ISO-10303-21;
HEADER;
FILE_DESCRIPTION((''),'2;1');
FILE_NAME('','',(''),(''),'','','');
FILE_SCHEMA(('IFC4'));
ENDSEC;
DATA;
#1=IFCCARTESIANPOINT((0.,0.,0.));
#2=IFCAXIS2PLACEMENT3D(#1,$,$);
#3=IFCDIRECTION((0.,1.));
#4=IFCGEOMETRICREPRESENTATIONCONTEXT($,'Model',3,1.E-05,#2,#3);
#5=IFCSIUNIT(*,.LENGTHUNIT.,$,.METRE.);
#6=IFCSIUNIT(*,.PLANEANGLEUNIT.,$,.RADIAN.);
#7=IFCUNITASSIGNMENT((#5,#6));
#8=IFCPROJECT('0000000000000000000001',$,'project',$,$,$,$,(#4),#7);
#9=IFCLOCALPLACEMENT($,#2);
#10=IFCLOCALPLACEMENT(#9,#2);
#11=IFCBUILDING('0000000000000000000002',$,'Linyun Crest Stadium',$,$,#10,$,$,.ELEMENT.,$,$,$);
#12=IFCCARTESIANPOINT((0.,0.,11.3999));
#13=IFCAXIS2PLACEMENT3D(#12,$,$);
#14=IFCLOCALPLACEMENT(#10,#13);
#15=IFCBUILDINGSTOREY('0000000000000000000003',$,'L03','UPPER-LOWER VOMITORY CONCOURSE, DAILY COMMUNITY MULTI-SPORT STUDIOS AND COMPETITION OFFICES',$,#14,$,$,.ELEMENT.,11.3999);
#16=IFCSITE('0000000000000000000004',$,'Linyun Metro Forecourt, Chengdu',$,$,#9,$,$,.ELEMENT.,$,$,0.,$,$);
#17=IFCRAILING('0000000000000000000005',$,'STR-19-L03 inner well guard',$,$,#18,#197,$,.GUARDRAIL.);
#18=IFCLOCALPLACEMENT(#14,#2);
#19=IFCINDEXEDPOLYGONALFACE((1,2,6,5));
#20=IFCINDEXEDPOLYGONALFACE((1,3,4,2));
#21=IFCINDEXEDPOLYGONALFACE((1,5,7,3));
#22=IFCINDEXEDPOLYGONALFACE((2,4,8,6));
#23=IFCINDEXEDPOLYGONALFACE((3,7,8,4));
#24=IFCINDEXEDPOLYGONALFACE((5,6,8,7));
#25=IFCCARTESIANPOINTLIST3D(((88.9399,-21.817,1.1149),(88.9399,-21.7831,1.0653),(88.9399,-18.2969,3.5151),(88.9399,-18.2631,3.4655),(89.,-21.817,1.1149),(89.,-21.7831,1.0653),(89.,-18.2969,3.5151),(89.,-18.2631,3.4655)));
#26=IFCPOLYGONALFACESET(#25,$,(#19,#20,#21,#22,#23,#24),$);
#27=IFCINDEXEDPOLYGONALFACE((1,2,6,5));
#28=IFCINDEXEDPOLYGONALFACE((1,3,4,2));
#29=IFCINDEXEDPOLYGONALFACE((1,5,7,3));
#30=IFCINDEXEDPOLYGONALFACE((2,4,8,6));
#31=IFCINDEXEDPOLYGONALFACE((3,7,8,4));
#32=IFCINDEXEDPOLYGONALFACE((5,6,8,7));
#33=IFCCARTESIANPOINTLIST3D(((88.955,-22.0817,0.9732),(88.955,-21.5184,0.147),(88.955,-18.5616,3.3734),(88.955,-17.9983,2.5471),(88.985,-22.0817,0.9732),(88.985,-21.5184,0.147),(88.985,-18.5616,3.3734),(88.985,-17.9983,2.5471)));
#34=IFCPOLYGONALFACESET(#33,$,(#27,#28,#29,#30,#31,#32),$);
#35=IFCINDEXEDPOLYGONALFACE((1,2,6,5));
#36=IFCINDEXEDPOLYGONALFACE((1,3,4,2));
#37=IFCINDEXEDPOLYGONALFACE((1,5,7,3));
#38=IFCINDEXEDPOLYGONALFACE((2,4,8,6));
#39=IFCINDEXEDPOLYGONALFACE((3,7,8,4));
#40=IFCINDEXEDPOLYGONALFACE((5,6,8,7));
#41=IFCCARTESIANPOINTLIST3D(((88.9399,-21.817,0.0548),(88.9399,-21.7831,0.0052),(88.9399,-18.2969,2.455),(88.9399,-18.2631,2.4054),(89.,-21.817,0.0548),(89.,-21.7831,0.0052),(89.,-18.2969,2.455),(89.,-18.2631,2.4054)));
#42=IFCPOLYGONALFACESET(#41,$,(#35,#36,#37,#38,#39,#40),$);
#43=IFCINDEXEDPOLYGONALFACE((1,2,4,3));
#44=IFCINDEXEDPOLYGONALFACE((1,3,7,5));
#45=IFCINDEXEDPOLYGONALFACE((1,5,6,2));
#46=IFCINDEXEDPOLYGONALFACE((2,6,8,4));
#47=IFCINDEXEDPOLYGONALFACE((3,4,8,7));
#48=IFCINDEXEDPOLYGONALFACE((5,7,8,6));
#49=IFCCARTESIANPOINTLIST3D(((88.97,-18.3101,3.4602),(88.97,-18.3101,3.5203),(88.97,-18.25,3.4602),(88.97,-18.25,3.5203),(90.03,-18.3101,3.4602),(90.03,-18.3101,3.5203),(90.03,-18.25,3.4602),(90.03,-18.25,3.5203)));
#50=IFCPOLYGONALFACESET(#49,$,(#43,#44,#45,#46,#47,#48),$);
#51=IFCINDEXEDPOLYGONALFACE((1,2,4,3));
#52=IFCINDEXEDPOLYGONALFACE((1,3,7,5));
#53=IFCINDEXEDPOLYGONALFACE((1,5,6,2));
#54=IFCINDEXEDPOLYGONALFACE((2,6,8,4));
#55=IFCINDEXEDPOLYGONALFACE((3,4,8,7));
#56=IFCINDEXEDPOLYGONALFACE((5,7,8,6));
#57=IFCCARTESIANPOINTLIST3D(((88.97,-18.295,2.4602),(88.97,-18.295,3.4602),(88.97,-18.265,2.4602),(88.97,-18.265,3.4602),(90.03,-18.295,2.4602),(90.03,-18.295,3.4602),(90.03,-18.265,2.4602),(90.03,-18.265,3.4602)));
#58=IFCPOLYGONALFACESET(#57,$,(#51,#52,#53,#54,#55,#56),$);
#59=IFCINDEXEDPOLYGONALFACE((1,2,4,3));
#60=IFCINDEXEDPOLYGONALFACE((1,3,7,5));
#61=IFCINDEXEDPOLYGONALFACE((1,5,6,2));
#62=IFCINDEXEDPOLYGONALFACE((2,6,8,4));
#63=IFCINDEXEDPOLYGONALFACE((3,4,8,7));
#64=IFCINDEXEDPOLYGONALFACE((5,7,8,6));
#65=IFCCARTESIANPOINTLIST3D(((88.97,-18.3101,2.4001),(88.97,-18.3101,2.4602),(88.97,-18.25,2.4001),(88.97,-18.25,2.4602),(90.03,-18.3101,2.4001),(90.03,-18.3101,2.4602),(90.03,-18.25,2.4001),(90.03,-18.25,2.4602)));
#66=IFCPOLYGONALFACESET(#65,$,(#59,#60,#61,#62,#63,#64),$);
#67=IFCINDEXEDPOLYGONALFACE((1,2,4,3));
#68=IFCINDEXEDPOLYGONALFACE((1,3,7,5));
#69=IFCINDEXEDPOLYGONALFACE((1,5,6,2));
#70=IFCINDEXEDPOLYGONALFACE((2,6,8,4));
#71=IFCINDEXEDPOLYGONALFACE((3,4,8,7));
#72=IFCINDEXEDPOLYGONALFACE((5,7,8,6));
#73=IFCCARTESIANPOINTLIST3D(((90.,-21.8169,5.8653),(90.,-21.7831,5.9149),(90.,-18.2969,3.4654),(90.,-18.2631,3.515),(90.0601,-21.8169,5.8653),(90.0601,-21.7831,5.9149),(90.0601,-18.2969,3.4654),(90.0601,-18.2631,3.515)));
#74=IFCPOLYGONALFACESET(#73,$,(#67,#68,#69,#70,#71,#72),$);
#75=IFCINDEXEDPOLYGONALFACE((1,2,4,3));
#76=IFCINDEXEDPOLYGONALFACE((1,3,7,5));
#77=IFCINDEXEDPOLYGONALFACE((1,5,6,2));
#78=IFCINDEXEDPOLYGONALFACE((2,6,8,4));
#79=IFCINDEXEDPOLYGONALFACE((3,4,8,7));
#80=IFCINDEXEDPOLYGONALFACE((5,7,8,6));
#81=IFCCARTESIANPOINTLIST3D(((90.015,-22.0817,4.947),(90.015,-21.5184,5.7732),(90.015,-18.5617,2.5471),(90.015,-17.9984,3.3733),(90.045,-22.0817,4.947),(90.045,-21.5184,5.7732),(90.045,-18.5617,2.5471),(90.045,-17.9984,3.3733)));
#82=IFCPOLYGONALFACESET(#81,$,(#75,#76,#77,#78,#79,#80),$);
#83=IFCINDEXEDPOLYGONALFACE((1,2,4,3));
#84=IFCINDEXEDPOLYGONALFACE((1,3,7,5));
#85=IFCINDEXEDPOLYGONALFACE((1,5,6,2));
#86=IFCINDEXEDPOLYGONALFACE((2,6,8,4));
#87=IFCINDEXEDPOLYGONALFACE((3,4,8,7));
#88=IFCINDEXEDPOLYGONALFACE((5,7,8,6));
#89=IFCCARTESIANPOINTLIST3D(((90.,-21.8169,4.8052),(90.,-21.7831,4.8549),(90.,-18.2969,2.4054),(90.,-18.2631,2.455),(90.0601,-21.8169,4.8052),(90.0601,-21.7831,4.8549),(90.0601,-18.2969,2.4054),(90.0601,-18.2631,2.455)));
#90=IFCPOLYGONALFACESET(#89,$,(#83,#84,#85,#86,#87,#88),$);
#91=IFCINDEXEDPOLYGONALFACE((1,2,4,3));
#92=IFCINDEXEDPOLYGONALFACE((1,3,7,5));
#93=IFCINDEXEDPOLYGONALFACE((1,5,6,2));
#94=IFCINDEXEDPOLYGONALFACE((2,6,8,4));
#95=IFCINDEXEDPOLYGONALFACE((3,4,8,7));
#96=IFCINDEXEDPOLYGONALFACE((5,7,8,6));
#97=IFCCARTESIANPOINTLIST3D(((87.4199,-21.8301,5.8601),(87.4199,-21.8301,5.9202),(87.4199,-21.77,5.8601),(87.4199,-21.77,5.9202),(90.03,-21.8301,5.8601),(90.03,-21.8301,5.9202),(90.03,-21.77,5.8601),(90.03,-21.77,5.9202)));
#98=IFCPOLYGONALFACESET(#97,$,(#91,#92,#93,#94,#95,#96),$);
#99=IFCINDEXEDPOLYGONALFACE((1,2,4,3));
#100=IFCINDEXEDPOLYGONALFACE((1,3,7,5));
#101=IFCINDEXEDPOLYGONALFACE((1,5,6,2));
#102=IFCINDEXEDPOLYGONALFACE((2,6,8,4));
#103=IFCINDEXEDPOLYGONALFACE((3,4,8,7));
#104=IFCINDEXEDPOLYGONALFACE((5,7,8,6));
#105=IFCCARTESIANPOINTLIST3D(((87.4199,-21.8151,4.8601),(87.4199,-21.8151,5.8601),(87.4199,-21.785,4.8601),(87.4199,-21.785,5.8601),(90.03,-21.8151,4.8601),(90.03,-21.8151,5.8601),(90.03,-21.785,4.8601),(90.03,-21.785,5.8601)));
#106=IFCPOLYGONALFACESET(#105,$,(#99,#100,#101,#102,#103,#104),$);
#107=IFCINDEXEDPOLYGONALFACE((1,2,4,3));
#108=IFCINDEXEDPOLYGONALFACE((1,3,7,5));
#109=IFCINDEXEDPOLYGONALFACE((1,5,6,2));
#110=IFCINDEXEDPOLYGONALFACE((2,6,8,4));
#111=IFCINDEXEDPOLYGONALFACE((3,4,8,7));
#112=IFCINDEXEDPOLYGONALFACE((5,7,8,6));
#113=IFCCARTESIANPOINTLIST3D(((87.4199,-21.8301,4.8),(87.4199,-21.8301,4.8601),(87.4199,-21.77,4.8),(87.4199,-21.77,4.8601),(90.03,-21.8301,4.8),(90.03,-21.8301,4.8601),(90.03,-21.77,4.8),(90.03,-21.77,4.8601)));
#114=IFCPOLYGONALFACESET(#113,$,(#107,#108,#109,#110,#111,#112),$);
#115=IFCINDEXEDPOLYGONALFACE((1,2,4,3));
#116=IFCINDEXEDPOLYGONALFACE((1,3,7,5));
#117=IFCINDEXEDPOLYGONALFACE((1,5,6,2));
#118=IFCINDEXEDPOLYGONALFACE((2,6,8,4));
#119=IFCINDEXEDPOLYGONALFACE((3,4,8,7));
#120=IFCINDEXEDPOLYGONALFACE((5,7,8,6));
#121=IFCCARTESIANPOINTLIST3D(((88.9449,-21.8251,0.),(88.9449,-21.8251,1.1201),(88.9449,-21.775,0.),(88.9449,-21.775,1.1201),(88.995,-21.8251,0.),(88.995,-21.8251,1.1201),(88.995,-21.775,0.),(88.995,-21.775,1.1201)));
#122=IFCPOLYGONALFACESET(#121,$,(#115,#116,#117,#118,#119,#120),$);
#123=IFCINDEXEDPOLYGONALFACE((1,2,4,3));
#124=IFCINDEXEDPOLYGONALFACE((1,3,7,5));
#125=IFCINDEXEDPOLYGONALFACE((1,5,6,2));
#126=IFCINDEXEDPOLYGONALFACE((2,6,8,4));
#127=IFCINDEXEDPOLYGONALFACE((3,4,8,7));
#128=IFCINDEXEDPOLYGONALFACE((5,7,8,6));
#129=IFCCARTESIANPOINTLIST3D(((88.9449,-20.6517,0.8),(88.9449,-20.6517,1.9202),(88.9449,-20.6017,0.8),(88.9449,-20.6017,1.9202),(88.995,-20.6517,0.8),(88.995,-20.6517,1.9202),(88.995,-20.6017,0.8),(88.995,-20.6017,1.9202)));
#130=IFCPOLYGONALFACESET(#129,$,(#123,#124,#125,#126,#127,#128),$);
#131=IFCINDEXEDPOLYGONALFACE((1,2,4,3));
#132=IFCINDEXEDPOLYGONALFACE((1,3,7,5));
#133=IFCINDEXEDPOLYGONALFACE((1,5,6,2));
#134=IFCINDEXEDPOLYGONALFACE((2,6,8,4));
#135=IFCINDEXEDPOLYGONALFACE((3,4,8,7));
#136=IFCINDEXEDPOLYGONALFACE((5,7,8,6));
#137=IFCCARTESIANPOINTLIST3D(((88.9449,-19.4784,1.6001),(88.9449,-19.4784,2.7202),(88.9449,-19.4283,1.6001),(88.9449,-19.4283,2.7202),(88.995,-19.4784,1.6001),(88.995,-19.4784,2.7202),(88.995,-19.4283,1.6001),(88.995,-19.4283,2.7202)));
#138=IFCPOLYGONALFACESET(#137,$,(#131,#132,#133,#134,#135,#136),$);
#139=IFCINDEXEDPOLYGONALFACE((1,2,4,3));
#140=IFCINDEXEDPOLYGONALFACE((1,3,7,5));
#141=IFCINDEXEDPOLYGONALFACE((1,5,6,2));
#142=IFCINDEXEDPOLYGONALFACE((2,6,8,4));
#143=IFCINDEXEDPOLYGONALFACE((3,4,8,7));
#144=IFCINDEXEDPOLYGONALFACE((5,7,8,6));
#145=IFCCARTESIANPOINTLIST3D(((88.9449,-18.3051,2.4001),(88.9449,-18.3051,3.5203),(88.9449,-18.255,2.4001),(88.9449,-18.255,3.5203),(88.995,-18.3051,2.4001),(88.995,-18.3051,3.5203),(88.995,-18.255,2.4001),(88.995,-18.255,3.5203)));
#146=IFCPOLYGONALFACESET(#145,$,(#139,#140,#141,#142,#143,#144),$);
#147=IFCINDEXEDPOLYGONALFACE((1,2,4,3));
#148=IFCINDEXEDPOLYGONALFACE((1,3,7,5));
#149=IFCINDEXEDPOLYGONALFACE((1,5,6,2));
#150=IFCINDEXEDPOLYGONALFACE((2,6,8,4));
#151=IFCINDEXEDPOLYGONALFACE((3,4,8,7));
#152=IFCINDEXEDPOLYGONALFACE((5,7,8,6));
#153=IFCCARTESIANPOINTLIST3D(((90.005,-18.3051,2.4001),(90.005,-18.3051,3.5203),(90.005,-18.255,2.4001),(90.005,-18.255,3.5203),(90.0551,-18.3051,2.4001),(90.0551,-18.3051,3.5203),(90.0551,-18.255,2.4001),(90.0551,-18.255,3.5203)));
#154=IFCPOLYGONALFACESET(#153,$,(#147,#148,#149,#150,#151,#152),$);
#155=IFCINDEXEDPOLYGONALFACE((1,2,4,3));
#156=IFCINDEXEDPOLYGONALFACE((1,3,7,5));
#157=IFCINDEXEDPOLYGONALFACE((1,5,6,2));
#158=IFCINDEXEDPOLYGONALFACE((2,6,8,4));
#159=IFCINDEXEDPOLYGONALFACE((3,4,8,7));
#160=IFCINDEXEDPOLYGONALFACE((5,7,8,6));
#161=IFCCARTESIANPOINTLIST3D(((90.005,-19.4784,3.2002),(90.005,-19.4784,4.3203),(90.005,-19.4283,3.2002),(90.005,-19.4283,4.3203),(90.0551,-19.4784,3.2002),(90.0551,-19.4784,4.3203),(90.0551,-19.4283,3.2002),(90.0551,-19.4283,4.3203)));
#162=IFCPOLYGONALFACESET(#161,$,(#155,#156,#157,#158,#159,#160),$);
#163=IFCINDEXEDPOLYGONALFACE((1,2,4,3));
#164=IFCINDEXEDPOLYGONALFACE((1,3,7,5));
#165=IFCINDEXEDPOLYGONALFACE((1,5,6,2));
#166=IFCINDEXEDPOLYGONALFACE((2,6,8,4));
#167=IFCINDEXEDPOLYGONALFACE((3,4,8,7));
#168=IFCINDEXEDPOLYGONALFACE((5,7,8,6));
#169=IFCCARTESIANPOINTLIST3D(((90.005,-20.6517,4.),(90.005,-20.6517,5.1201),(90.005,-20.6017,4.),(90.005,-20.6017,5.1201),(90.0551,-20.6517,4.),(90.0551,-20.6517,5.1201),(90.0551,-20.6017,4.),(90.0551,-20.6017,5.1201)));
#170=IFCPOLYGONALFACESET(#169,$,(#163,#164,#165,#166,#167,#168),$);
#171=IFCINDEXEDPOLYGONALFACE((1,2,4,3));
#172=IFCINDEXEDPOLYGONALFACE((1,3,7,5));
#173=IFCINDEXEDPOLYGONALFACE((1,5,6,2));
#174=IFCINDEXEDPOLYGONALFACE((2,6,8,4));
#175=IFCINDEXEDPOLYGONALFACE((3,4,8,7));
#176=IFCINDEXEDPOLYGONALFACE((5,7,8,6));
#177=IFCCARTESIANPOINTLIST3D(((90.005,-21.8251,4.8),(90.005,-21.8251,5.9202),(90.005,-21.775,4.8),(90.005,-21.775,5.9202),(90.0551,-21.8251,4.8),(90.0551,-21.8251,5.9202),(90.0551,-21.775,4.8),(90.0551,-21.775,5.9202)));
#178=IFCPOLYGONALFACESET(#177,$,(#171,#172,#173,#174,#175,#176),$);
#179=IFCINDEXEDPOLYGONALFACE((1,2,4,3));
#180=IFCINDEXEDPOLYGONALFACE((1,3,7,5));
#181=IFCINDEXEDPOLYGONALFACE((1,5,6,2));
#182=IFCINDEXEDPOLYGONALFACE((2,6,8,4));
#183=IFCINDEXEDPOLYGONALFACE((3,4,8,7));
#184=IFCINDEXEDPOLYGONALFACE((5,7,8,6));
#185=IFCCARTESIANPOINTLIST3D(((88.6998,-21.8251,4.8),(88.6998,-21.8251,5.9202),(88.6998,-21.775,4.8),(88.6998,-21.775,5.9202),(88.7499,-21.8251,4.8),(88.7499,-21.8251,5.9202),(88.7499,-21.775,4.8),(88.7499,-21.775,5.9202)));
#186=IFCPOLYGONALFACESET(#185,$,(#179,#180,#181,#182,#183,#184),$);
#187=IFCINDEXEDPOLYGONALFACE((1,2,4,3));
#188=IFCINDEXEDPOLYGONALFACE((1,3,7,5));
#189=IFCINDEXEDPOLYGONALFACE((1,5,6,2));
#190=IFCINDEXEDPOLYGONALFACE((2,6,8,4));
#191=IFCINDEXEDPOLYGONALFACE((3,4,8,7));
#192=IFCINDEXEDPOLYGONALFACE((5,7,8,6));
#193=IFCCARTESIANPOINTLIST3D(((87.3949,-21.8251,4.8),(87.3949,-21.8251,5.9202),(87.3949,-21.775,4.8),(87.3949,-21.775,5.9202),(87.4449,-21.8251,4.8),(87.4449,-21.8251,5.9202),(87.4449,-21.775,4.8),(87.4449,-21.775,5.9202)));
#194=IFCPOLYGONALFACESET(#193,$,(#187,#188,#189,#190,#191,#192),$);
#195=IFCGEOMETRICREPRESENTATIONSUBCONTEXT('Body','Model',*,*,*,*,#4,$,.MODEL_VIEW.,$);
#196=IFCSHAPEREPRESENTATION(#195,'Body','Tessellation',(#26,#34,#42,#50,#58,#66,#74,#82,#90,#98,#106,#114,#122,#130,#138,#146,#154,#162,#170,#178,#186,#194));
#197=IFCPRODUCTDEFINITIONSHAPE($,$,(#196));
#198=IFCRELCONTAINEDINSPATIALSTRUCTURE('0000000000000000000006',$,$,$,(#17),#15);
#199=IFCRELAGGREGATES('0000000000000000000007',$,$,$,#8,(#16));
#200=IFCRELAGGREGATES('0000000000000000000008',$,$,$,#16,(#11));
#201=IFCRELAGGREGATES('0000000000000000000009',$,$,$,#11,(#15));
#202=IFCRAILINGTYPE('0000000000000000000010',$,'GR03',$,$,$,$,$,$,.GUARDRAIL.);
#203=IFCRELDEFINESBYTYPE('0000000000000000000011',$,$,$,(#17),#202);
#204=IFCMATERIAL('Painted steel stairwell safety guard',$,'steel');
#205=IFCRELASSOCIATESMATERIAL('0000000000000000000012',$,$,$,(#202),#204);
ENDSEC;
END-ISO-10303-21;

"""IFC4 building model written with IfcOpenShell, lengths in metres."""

from ifc_helpers import new_model, si_unit, direction, frame, origin, origin_2d, place, context, subcontext, project, spatial, rectangle, extrude, material, type_object, element, save


model = new_model("IFC4")

# Units and contexts
model_context = context("Model", 3, precision=1e-05, world=origin(), true_north=direction((0.0, 1.0)))
body_context = subcontext(model_context, "Body", "Model", "MODEL_VIEW")
ifc_project = project(units=[si_unit("LENGTHUNIT", "METRE"), si_unit("PLANEANGLEUNIT", "RADIAN")], contexts=[model_context])

# Site, building, storey
site_placement = place(None, origin())
site = spatial("IfcSite", under=ifc_project, at=site_placement, Name="Linyun Metro Forecourt, Chengdu", CompositionType="ELEMENT", RefElevation=0.0)
building_placement = place(site_placement, origin())
building = spatial("IfcBuilding", under=site, at=building_placement, Name="Linyun Crest Stadium", CompositionType="ELEMENT")
storey_placement = place(building_placement, frame((0.0, 0.0, 11.3999)))
storey = spatial("IfcBuildingStorey", under=building, at=storey_placement, Name="L03", Description="UPPER-LOWER VOMITORY CONCOURSE, DAILY COMMUNITY MULTI-SPORT STUDIOS AND COMPETITION OFFICES", CompositionType="ELEMENT", Elevation=11.3999)

# Railing
ifc_material_1 = material(Name="Painted steel stairwell safety guard", Category="steel")
railing_type_1 = type_object("IfcRailingType", Name="GR03", PredefinedType="GUARDRAIL", material=ifc_material_1)
railing_1_placement = place(storey_placement, frame((88.97, -21.8, 0.0)))
element("IfcRailing", 1, at=railing_1_placement, inside=storey, type_object=railing_type_1, Name="STR-19-L03 inner well guard", PredefinedType="GUARDRAIL", context=body_context, shape_type="SweptSolid", body=[
    extrude(rectangle(XDim=0.0601, YDim=0.0601, at=origin_2d()), frame((0.0, 0.0, 1.0901), z_axis=(0.0, 0.826213, 0.563358), x_axis=(-1.0, 0.0, 0.0)), (0.0, 0.0, 1.0), 4.2605),
    extrude(rectangle(XDim=0.03, YDim=1.0, at=origin_2d()), frame((0.0, 0.0, 0.5601), z_axis=(0.0, 0.826213, 0.563358), x_axis=(-1.0, 0.0, 0.0)), (0.0, 0.0, 1.0), 4.2605),
    extrude(rectangle(XDim=0.0601, YDim=0.0601, at=origin_2d()), frame((0.0, 0.0, 0.03), z_axis=(0.0, 0.826213, 0.563358), x_axis=(-1.0, 0.0, 0.0)), (0.0, 0.0, 1.0), 4.2605),
    extrude(rectangle(XDim=0.0601, YDim=0.0601, at=origin_2d()), frame((0.0, 3.52, 3.4902), z_axis=(1.0, 0.0, 0.0), x_axis=(0.0, 1.0, 0.0)), (0.0, 0.0, 1.0), 1.0601),
    extrude(rectangle(XDim=0.03, YDim=1.0, at=origin_2d()), frame((0.0, 3.52, 2.9602), z_axis=(1.0, 0.0, 0.0), x_axis=(0.0, 1.0, 0.0)), (0.0, 0.0, 1.0), 1.0601),
    extrude(rectangle(XDim=0.0601, YDim=0.0601, at=origin_2d()), frame((0.0, 3.52, 2.4302), z_axis=(1.0, 0.0, 0.0), x_axis=(0.0, 1.0, 0.0)), (0.0, 0.0, 1.0), 1.0601),
    extrude(rectangle(XDim=0.0601, YDim=0.0601, at=origin_2d()), frame((1.0601, 3.52, 3.4902), z_axis=(0.0, -0.826239, 0.563319), x_axis=(1.0, 0.0, 0.0)), (0.0, 0.0, 1.0), 4.2603),
    extrude(rectangle(XDim=0.03, YDim=1.0, at=origin_2d()), frame((1.0601, 3.52, 2.9602), z_axis=(0.0, -0.826239, 0.563319), x_axis=(1.0, 0.0, 0.0)), (0.0, 0.0, 1.0), 4.2603),
    extrude(rectangle(XDim=0.0601, YDim=0.0601, at=origin_2d()), frame((1.0601, 3.52, 2.4302), z_axis=(0.0, -0.826239, 0.563319), x_axis=(1.0, 0.0, 0.0)), (0.0, 0.0, 1.0), 4.2603),
    extrude(rectangle(XDim=0.0601, YDim=0.0601, at=origin_2d()), frame((1.0601, 0.0, 5.8901), z_axis=(-1.0, 0.0, 0.0), x_axis=(0.0, -1.0, 0.0)), (0.0, 0.0, 1.0), 2.6101),
    extrude(rectangle(XDim=0.03, YDim=1.0, at=origin_2d()), frame((1.0601, 0.0, 5.3601), z_axis=(-1.0, 0.0, 0.0), x_axis=(0.0, -1.0, 0.0)), (0.0, 0.0, 1.0), 2.6101),
    extrude(rectangle(XDim=0.0601, YDim=0.0601, at=origin_2d()), frame((1.0601, 0.0, 4.8301), z_axis=(-1.0, 0.0, 0.0), x_axis=(0.0, -1.0, 0.0)), (0.0, 0.0, 1.0), 2.6101),
    extrude(rectangle(XDim=0.05, YDim=0.05, at=origin_2d()), origin(), (0.0, 0.0, 1.0), 1.1201),
    extrude(rectangle(XDim=0.05, YDim=0.05, at=origin_2d()), frame((0.0, 1.1733, 0.8)), (0.0, 0.0, 1.0), 1.1201),
    extrude(rectangle(XDim=0.05, YDim=0.05, at=origin_2d()), frame((0.0, 2.3467, 1.6001)), (0.0, 0.0, 1.0), 1.1201),
    extrude(rectangle(XDim=0.05, YDim=0.05, at=origin_2d()), frame((0.0, 3.52, 2.4001)), (0.0, 0.0, 1.0), 1.1201),
    extrude(rectangle(XDim=0.05, YDim=0.05, at=origin_2d()), frame((1.0601, 3.52, 2.4001)), (0.0, 0.0, 1.0), 1.1201),
    extrude(rectangle(XDim=0.05, YDim=0.05, at=origin_2d()), frame((1.0601, 2.3467, 3.2002)), (0.0, 0.0, 1.0), 1.1201),
    extrude(rectangle(XDim=0.05, YDim=0.05, at=origin_2d()), frame((1.0601, 1.1733, 4.0)), (0.0, 0.0, 1.0), 1.1201),
    extrude(rectangle(XDim=0.05, YDim=0.05, at=origin_2d()), frame((1.0601, 0.0, 4.8)), (0.0, 0.0, 1.0), 1.1201),
    extrude(rectangle(XDim=0.05, YDim=0.05, at=origin_2d()), frame((-0.2451, 0.0, 4.8)), (0.0, 0.0, 1.0), 1.1201),
    extrude(rectangle(XDim=0.05, YDim=0.05, at=origin_2d()), frame((-1.55, 0.0, 4.8)), (0.0, 0.0, 1.0), 1.1201),
])

save(model, "model.ifc")
